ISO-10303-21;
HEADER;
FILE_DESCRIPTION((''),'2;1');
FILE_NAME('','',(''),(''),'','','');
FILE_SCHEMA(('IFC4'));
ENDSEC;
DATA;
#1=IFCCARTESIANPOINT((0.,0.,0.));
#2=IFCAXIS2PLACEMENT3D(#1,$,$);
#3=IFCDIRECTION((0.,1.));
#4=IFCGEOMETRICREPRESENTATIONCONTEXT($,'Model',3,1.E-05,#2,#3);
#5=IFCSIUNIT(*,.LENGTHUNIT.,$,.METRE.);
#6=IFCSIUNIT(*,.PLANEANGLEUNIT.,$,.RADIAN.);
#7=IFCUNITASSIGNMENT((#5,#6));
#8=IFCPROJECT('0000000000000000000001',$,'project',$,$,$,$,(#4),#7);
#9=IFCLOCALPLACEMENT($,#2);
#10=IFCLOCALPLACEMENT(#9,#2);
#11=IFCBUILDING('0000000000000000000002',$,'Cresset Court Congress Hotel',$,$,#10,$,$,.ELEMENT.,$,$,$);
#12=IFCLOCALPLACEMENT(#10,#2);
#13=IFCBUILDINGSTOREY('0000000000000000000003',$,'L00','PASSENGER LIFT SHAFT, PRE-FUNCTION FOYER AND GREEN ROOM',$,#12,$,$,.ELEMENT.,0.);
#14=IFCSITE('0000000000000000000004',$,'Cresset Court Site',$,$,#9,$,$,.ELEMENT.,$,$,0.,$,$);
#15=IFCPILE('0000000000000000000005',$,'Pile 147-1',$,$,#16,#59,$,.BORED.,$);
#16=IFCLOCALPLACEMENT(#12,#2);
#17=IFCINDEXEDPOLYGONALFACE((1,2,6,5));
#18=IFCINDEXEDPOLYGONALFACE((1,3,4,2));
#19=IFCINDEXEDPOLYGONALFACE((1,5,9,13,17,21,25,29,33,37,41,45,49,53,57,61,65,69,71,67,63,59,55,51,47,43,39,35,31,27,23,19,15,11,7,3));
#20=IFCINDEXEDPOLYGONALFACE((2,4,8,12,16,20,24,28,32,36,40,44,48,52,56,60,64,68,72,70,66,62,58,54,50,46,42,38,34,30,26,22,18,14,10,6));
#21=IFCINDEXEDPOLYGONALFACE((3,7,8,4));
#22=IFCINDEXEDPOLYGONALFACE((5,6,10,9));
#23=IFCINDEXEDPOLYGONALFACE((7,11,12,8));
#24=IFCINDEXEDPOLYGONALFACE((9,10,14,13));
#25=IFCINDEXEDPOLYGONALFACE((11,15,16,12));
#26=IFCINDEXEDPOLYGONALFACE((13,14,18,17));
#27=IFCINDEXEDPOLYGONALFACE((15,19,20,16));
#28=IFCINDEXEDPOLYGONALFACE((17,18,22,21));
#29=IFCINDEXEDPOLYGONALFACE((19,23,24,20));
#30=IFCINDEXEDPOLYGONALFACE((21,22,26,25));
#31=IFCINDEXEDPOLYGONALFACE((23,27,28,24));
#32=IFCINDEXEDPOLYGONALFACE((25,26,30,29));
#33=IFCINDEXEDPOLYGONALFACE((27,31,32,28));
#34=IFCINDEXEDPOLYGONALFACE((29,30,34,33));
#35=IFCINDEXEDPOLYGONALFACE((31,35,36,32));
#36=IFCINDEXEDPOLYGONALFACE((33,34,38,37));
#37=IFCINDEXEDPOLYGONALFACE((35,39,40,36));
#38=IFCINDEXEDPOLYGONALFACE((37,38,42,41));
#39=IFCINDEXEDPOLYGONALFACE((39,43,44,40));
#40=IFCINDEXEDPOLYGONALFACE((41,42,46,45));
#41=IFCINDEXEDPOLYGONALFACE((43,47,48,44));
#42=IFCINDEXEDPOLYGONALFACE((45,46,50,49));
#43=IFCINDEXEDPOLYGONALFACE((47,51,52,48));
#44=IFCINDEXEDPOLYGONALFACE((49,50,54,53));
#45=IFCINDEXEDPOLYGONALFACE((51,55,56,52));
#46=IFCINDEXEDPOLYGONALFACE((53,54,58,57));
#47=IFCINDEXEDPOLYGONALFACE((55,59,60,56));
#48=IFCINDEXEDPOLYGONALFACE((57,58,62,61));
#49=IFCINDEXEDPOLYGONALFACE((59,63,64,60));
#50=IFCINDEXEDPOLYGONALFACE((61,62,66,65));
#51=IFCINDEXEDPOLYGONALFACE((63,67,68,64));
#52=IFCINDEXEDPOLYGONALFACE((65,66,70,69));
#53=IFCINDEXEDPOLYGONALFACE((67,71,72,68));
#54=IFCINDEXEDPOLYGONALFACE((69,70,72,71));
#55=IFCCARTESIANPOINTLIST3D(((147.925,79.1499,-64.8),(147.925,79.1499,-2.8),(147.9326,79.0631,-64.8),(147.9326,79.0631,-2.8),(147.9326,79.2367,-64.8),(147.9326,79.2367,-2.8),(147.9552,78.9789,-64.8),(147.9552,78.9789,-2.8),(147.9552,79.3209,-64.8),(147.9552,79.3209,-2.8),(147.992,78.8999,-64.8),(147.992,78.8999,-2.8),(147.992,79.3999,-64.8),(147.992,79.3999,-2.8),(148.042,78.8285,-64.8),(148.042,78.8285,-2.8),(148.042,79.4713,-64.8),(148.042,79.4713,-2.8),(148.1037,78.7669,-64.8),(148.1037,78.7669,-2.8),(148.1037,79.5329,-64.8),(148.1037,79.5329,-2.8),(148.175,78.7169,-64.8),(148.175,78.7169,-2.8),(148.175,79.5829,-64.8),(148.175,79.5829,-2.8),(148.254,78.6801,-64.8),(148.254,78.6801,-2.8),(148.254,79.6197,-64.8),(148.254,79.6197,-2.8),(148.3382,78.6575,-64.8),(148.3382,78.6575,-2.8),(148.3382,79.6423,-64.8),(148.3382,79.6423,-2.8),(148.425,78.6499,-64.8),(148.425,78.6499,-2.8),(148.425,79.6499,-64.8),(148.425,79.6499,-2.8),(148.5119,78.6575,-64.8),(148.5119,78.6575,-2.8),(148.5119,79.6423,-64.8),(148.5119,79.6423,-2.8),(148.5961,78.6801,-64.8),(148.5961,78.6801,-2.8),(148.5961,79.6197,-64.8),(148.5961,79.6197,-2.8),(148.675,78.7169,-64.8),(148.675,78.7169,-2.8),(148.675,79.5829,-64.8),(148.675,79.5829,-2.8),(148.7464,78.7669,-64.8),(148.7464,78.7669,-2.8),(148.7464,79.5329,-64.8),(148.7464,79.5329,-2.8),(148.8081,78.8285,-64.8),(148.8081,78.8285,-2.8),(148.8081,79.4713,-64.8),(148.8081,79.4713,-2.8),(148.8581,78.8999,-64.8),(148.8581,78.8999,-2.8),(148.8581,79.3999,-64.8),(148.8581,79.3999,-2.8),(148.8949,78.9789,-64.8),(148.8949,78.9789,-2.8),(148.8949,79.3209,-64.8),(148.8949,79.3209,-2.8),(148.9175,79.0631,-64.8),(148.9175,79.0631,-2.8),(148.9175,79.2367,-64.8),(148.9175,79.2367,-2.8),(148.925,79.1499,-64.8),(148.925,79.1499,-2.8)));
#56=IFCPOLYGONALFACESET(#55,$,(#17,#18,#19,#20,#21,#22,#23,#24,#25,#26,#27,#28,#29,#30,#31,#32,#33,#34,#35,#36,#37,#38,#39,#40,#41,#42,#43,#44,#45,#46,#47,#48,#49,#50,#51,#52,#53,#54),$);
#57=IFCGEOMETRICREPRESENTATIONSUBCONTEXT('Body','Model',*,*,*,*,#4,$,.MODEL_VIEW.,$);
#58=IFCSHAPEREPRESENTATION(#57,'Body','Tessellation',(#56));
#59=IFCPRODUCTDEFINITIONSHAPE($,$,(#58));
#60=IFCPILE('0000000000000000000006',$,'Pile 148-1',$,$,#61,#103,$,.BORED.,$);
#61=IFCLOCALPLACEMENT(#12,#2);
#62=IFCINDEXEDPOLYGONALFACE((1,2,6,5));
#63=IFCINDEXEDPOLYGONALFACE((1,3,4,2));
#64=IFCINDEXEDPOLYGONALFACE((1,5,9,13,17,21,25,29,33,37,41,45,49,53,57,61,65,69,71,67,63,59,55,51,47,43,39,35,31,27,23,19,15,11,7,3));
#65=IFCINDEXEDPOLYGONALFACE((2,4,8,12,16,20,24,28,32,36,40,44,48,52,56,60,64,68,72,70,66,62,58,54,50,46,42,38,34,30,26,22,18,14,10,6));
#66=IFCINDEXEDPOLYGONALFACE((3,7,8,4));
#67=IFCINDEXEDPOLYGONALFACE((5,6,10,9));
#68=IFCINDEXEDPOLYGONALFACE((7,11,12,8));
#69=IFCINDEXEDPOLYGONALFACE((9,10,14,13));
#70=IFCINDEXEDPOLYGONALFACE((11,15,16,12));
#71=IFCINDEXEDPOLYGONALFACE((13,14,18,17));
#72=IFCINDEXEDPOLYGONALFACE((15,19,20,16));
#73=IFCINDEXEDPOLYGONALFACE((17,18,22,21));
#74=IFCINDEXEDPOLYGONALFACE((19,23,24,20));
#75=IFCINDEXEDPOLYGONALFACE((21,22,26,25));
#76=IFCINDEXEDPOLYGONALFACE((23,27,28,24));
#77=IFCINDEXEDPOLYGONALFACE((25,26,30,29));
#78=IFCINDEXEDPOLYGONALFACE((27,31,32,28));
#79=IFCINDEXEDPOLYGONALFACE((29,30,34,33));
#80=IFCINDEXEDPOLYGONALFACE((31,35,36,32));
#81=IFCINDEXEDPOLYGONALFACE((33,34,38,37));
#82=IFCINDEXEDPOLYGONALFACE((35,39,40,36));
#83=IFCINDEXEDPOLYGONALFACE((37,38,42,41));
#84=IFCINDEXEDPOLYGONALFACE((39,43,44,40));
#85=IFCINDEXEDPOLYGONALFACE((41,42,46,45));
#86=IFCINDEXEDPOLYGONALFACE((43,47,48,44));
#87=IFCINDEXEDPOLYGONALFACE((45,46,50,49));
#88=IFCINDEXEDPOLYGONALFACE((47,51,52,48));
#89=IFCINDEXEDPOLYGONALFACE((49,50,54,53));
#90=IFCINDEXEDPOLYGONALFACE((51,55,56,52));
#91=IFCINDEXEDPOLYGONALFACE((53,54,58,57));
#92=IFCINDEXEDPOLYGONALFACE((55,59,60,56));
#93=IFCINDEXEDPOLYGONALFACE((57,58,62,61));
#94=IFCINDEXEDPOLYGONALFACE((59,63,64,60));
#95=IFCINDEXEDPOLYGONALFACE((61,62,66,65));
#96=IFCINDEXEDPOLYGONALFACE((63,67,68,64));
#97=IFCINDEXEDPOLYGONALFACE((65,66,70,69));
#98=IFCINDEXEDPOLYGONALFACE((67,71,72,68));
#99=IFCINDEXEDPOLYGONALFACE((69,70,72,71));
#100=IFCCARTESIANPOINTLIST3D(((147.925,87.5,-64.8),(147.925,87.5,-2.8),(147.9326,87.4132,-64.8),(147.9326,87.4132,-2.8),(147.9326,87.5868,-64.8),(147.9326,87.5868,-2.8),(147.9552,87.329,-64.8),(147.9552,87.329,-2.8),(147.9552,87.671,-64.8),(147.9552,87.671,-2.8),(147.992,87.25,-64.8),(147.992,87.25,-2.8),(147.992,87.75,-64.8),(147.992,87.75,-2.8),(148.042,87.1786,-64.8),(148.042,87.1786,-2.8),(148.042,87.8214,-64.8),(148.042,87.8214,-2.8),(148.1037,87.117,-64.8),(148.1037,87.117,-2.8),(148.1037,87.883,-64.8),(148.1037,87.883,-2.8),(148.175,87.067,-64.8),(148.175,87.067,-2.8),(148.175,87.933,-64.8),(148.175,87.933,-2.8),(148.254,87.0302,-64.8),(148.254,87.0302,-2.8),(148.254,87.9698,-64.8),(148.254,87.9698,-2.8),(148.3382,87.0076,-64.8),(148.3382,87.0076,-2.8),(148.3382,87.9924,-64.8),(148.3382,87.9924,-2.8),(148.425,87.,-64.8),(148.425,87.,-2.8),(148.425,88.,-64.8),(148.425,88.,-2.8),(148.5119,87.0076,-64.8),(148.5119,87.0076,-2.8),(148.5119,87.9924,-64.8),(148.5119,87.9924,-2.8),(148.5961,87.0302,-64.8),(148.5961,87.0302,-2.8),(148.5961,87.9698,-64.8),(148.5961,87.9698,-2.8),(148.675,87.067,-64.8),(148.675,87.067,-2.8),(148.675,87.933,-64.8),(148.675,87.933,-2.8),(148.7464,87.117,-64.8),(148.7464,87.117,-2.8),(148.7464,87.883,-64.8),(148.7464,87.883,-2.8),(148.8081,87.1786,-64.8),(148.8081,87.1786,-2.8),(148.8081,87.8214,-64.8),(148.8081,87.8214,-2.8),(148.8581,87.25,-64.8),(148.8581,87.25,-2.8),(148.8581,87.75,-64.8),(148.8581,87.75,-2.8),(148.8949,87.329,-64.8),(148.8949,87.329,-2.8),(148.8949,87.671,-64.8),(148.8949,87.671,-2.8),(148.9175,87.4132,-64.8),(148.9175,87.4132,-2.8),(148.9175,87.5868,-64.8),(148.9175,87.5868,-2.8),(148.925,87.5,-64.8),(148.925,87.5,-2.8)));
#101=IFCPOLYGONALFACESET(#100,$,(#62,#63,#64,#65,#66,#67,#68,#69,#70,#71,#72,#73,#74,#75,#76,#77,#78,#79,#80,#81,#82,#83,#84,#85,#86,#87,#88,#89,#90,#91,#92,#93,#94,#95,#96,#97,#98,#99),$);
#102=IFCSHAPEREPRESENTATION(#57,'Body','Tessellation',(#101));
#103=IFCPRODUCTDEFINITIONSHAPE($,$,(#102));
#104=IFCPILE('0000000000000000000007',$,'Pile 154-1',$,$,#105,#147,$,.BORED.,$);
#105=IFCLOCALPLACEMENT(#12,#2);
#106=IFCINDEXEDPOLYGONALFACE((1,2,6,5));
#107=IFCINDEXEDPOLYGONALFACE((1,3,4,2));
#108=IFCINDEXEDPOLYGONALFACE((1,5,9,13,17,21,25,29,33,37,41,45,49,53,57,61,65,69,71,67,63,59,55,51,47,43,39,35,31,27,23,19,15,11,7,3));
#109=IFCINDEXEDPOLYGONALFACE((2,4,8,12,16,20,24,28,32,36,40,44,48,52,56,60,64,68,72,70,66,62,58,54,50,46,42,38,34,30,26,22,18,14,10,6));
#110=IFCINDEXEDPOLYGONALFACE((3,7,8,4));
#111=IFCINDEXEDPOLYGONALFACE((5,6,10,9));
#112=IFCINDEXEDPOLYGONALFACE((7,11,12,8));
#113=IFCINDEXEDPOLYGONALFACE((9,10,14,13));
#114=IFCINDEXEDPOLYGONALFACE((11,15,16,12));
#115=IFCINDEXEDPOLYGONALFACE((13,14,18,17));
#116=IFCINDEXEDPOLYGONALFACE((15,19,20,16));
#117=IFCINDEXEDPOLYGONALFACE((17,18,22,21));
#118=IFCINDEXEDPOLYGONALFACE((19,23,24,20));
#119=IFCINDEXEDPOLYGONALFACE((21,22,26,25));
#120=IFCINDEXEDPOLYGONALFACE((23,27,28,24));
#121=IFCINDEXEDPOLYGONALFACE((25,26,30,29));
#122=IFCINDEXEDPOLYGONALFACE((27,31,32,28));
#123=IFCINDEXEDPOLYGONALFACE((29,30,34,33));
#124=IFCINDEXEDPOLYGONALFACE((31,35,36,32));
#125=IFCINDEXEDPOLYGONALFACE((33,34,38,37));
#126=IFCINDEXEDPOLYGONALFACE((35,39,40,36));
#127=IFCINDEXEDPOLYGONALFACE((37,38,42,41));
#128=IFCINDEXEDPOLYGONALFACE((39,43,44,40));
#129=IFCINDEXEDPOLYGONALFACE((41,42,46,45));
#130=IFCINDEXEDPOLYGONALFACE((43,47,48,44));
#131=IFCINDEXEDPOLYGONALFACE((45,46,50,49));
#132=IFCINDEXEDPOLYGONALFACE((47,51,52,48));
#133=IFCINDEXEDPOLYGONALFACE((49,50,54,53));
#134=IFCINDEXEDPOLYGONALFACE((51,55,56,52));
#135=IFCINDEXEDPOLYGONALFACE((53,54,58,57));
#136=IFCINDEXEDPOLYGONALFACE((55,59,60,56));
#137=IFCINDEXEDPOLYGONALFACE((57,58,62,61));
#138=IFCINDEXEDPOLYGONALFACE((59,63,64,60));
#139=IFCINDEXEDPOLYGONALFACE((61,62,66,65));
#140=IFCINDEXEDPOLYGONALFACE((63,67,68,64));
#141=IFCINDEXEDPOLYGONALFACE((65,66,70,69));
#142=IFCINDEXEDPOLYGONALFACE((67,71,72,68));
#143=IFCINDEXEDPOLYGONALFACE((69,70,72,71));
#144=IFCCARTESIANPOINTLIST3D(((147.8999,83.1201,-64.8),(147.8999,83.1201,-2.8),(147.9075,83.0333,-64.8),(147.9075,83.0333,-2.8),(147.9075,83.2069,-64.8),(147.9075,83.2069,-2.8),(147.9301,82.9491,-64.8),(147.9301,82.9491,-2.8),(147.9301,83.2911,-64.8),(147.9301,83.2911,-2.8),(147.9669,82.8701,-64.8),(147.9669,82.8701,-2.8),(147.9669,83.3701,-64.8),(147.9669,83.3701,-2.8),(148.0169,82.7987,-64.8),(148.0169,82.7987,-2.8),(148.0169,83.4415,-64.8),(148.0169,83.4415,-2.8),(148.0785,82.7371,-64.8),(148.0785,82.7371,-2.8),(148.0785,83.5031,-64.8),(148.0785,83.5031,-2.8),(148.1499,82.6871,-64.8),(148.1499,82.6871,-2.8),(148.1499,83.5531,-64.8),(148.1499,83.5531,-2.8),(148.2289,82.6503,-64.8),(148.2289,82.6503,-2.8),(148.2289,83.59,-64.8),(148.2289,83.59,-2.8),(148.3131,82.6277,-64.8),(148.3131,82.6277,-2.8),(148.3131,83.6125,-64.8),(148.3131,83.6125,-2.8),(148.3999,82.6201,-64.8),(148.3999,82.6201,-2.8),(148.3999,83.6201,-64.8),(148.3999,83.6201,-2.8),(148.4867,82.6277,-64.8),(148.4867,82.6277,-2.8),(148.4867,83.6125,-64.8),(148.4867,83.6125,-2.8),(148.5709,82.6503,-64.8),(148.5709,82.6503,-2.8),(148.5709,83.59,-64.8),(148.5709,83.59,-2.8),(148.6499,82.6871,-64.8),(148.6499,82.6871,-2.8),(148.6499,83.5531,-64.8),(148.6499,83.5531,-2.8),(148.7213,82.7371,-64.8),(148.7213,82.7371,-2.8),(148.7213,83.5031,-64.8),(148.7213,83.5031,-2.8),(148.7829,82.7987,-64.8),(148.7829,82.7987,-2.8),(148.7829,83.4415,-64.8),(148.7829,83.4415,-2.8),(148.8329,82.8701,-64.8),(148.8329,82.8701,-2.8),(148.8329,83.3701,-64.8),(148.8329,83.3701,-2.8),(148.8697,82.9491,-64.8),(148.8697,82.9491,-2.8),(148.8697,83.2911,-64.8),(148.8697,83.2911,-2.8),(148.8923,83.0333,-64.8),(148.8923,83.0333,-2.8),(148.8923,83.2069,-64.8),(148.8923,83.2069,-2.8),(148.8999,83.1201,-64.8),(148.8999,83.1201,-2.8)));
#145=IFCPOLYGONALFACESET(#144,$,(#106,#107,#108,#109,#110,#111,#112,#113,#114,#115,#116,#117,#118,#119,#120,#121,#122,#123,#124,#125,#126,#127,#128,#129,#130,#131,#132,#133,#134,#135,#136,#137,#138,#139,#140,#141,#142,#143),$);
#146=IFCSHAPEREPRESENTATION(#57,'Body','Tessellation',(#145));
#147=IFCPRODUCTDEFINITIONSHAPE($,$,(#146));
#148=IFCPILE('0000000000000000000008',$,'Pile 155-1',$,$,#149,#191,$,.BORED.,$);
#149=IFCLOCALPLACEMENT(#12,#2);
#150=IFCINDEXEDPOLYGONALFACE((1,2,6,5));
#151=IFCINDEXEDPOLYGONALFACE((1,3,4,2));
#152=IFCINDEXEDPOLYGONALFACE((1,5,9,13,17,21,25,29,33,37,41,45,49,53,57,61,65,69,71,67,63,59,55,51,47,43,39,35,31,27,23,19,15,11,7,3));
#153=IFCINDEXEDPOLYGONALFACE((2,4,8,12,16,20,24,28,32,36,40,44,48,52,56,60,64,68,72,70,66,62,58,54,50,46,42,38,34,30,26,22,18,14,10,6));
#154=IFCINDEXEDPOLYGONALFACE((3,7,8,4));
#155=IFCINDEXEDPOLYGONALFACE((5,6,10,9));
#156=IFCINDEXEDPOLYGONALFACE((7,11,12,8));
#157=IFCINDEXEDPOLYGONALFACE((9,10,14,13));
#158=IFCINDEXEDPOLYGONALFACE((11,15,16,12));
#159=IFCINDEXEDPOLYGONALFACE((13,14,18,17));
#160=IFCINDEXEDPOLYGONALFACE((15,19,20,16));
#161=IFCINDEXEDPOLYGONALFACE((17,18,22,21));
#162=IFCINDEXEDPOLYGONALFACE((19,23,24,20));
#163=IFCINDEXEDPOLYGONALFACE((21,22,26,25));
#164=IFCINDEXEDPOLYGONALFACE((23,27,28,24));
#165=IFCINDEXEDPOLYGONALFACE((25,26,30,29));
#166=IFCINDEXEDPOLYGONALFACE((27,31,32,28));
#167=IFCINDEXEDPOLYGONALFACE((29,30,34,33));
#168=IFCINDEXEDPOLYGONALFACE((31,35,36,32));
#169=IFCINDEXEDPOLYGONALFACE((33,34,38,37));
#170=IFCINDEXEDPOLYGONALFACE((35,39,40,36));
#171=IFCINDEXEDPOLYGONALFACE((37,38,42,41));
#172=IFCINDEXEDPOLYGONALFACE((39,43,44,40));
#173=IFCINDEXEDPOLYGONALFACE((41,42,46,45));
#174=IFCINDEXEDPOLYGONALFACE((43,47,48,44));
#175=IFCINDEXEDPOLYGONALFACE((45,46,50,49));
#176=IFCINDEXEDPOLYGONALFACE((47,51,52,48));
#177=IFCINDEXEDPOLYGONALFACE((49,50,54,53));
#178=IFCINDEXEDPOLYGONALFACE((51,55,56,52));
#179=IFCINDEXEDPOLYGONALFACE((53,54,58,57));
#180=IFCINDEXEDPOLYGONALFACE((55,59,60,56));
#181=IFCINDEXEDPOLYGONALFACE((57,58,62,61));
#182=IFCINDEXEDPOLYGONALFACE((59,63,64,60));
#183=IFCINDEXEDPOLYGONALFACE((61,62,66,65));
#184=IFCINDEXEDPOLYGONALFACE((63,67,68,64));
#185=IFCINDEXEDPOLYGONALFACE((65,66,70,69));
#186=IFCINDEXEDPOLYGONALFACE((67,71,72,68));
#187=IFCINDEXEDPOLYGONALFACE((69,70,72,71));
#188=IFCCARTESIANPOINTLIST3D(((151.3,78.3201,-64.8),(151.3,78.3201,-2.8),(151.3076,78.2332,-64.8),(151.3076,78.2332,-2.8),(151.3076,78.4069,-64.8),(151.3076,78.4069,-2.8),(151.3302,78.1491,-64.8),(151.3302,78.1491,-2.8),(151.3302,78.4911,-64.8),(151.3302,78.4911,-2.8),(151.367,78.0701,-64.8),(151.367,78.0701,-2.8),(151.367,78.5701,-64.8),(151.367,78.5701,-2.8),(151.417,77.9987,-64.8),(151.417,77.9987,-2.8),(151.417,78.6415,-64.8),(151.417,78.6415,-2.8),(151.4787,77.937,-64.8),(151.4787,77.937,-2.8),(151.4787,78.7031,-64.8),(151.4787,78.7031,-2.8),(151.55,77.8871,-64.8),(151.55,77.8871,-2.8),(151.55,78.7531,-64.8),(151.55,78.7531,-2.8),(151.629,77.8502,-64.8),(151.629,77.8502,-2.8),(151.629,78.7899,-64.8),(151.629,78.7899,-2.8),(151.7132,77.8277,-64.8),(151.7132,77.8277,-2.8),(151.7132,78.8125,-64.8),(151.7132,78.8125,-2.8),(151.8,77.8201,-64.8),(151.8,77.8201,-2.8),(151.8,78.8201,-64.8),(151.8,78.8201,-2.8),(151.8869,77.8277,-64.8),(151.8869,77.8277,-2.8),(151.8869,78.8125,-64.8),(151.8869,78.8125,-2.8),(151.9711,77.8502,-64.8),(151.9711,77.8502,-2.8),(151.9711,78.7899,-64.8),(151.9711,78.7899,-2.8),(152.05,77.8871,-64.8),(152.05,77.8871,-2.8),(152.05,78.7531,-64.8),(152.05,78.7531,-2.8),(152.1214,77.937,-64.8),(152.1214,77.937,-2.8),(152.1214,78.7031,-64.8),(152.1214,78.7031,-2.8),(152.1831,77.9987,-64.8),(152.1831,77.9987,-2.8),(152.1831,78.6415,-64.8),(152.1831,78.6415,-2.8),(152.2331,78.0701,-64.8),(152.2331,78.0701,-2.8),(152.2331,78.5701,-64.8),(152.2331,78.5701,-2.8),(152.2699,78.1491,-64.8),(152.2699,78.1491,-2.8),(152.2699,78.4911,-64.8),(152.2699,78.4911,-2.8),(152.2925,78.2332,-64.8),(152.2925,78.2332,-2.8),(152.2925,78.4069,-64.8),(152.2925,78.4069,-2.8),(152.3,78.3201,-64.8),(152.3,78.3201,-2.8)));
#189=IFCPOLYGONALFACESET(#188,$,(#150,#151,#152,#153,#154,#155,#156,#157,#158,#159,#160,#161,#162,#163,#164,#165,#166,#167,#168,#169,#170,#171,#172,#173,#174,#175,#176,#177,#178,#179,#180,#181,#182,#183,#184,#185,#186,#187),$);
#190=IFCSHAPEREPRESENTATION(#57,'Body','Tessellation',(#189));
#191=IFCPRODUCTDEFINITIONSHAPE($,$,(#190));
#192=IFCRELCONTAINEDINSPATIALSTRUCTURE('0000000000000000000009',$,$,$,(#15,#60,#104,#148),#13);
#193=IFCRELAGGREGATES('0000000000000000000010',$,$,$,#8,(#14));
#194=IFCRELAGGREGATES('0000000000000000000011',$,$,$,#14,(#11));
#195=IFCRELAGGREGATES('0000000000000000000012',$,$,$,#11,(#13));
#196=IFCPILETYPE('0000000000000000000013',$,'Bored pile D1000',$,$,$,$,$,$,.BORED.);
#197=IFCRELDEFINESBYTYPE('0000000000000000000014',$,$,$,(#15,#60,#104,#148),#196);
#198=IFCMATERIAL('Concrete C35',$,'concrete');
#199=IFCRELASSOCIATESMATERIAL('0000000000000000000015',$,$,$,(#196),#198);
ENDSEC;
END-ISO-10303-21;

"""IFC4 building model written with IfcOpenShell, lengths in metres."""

from ifc_helpers import new_model, si_unit, direction, frame, origin, origin_2d, place, context, subcontext, project, spatial, circle, extrude, material, type_object, element, save


model = new_model("IFC4")

# Units and contexts
model_context = context("Model", 3, precision=1e-05, world=origin(), true_north=direction((0.0, 1.0)))
body_context = subcontext(model_context, "Body", "Model", "MODEL_VIEW")
ifc_project = project(units=[si_unit("LENGTHUNIT", "METRE"), si_unit("PLANEANGLEUNIT", "RADIAN")], contexts=[model_context])

# Site, building, storey
site_placement = place(None, origin())
site = spatial("IfcSite", under=ifc_project, at=site_placement, Name="Cresset Court Site", CompositionType="ELEMENT", RefElevation=0.0)
building_placement = place(site_placement, origin())
building = spatial("IfcBuilding", under=site, at=building_placement, Name="Cresset Court Congress Hotel", CompositionType="ELEMENT")
storey_placement = place(building_placement, origin())
storey = spatial("IfcBuildingStorey", under=building, at=storey_placement, Name="L00", Description="PASSENGER LIFT SHAFT, PRE-FUNCTION FOYER AND GREEN ROOM", CompositionType="ELEMENT", Elevation=0.0)

# Piles
ifc_material_1 = material(Name="Concrete C35", Category="concrete")
pile_type = type_object("IfcPileType", Name="Bored pile D1000", PredefinedType="BORED", material=ifc_material_1)
for number, where, z_axis, x_axis, name in (
    (1, (148.425, 79.1499, -2.8), (0.0, 0.0, -1.0), (1.0, 0.0, 0.0), "Pile 147-1"),
    (2, (148.425, 87.5, -2.8), (0.0, 0.0, -1.0), (1.0, 0.0, 0.0), "Pile 148-1"),
    (3, (148.3999, 83.1201, -2.8), (0.0, 0.0, -1.0), (1.0, 0.0, 0.0), "Pile 154-1"),
    (4, (151.8, 78.3201, -2.8), (0.0, 0.0, -1.0), (1.0, 0.0, 0.0), "Pile 155-1"),
):
    element("IfcPile", number, at=place(storey_placement, frame(where, z_axis=z_axis, x_axis=x_axis)), inside=storey, type_object=pile_type, Name=name, PredefinedType="BORED", context=body_context, shape_type="SweptSolid", body=[
        extrude(circle(Radius=0.5, at=origin_2d()), origin(), (0.0, 0.0, 1.0), 62.0),
    ])

save(model, "model.ifc")
